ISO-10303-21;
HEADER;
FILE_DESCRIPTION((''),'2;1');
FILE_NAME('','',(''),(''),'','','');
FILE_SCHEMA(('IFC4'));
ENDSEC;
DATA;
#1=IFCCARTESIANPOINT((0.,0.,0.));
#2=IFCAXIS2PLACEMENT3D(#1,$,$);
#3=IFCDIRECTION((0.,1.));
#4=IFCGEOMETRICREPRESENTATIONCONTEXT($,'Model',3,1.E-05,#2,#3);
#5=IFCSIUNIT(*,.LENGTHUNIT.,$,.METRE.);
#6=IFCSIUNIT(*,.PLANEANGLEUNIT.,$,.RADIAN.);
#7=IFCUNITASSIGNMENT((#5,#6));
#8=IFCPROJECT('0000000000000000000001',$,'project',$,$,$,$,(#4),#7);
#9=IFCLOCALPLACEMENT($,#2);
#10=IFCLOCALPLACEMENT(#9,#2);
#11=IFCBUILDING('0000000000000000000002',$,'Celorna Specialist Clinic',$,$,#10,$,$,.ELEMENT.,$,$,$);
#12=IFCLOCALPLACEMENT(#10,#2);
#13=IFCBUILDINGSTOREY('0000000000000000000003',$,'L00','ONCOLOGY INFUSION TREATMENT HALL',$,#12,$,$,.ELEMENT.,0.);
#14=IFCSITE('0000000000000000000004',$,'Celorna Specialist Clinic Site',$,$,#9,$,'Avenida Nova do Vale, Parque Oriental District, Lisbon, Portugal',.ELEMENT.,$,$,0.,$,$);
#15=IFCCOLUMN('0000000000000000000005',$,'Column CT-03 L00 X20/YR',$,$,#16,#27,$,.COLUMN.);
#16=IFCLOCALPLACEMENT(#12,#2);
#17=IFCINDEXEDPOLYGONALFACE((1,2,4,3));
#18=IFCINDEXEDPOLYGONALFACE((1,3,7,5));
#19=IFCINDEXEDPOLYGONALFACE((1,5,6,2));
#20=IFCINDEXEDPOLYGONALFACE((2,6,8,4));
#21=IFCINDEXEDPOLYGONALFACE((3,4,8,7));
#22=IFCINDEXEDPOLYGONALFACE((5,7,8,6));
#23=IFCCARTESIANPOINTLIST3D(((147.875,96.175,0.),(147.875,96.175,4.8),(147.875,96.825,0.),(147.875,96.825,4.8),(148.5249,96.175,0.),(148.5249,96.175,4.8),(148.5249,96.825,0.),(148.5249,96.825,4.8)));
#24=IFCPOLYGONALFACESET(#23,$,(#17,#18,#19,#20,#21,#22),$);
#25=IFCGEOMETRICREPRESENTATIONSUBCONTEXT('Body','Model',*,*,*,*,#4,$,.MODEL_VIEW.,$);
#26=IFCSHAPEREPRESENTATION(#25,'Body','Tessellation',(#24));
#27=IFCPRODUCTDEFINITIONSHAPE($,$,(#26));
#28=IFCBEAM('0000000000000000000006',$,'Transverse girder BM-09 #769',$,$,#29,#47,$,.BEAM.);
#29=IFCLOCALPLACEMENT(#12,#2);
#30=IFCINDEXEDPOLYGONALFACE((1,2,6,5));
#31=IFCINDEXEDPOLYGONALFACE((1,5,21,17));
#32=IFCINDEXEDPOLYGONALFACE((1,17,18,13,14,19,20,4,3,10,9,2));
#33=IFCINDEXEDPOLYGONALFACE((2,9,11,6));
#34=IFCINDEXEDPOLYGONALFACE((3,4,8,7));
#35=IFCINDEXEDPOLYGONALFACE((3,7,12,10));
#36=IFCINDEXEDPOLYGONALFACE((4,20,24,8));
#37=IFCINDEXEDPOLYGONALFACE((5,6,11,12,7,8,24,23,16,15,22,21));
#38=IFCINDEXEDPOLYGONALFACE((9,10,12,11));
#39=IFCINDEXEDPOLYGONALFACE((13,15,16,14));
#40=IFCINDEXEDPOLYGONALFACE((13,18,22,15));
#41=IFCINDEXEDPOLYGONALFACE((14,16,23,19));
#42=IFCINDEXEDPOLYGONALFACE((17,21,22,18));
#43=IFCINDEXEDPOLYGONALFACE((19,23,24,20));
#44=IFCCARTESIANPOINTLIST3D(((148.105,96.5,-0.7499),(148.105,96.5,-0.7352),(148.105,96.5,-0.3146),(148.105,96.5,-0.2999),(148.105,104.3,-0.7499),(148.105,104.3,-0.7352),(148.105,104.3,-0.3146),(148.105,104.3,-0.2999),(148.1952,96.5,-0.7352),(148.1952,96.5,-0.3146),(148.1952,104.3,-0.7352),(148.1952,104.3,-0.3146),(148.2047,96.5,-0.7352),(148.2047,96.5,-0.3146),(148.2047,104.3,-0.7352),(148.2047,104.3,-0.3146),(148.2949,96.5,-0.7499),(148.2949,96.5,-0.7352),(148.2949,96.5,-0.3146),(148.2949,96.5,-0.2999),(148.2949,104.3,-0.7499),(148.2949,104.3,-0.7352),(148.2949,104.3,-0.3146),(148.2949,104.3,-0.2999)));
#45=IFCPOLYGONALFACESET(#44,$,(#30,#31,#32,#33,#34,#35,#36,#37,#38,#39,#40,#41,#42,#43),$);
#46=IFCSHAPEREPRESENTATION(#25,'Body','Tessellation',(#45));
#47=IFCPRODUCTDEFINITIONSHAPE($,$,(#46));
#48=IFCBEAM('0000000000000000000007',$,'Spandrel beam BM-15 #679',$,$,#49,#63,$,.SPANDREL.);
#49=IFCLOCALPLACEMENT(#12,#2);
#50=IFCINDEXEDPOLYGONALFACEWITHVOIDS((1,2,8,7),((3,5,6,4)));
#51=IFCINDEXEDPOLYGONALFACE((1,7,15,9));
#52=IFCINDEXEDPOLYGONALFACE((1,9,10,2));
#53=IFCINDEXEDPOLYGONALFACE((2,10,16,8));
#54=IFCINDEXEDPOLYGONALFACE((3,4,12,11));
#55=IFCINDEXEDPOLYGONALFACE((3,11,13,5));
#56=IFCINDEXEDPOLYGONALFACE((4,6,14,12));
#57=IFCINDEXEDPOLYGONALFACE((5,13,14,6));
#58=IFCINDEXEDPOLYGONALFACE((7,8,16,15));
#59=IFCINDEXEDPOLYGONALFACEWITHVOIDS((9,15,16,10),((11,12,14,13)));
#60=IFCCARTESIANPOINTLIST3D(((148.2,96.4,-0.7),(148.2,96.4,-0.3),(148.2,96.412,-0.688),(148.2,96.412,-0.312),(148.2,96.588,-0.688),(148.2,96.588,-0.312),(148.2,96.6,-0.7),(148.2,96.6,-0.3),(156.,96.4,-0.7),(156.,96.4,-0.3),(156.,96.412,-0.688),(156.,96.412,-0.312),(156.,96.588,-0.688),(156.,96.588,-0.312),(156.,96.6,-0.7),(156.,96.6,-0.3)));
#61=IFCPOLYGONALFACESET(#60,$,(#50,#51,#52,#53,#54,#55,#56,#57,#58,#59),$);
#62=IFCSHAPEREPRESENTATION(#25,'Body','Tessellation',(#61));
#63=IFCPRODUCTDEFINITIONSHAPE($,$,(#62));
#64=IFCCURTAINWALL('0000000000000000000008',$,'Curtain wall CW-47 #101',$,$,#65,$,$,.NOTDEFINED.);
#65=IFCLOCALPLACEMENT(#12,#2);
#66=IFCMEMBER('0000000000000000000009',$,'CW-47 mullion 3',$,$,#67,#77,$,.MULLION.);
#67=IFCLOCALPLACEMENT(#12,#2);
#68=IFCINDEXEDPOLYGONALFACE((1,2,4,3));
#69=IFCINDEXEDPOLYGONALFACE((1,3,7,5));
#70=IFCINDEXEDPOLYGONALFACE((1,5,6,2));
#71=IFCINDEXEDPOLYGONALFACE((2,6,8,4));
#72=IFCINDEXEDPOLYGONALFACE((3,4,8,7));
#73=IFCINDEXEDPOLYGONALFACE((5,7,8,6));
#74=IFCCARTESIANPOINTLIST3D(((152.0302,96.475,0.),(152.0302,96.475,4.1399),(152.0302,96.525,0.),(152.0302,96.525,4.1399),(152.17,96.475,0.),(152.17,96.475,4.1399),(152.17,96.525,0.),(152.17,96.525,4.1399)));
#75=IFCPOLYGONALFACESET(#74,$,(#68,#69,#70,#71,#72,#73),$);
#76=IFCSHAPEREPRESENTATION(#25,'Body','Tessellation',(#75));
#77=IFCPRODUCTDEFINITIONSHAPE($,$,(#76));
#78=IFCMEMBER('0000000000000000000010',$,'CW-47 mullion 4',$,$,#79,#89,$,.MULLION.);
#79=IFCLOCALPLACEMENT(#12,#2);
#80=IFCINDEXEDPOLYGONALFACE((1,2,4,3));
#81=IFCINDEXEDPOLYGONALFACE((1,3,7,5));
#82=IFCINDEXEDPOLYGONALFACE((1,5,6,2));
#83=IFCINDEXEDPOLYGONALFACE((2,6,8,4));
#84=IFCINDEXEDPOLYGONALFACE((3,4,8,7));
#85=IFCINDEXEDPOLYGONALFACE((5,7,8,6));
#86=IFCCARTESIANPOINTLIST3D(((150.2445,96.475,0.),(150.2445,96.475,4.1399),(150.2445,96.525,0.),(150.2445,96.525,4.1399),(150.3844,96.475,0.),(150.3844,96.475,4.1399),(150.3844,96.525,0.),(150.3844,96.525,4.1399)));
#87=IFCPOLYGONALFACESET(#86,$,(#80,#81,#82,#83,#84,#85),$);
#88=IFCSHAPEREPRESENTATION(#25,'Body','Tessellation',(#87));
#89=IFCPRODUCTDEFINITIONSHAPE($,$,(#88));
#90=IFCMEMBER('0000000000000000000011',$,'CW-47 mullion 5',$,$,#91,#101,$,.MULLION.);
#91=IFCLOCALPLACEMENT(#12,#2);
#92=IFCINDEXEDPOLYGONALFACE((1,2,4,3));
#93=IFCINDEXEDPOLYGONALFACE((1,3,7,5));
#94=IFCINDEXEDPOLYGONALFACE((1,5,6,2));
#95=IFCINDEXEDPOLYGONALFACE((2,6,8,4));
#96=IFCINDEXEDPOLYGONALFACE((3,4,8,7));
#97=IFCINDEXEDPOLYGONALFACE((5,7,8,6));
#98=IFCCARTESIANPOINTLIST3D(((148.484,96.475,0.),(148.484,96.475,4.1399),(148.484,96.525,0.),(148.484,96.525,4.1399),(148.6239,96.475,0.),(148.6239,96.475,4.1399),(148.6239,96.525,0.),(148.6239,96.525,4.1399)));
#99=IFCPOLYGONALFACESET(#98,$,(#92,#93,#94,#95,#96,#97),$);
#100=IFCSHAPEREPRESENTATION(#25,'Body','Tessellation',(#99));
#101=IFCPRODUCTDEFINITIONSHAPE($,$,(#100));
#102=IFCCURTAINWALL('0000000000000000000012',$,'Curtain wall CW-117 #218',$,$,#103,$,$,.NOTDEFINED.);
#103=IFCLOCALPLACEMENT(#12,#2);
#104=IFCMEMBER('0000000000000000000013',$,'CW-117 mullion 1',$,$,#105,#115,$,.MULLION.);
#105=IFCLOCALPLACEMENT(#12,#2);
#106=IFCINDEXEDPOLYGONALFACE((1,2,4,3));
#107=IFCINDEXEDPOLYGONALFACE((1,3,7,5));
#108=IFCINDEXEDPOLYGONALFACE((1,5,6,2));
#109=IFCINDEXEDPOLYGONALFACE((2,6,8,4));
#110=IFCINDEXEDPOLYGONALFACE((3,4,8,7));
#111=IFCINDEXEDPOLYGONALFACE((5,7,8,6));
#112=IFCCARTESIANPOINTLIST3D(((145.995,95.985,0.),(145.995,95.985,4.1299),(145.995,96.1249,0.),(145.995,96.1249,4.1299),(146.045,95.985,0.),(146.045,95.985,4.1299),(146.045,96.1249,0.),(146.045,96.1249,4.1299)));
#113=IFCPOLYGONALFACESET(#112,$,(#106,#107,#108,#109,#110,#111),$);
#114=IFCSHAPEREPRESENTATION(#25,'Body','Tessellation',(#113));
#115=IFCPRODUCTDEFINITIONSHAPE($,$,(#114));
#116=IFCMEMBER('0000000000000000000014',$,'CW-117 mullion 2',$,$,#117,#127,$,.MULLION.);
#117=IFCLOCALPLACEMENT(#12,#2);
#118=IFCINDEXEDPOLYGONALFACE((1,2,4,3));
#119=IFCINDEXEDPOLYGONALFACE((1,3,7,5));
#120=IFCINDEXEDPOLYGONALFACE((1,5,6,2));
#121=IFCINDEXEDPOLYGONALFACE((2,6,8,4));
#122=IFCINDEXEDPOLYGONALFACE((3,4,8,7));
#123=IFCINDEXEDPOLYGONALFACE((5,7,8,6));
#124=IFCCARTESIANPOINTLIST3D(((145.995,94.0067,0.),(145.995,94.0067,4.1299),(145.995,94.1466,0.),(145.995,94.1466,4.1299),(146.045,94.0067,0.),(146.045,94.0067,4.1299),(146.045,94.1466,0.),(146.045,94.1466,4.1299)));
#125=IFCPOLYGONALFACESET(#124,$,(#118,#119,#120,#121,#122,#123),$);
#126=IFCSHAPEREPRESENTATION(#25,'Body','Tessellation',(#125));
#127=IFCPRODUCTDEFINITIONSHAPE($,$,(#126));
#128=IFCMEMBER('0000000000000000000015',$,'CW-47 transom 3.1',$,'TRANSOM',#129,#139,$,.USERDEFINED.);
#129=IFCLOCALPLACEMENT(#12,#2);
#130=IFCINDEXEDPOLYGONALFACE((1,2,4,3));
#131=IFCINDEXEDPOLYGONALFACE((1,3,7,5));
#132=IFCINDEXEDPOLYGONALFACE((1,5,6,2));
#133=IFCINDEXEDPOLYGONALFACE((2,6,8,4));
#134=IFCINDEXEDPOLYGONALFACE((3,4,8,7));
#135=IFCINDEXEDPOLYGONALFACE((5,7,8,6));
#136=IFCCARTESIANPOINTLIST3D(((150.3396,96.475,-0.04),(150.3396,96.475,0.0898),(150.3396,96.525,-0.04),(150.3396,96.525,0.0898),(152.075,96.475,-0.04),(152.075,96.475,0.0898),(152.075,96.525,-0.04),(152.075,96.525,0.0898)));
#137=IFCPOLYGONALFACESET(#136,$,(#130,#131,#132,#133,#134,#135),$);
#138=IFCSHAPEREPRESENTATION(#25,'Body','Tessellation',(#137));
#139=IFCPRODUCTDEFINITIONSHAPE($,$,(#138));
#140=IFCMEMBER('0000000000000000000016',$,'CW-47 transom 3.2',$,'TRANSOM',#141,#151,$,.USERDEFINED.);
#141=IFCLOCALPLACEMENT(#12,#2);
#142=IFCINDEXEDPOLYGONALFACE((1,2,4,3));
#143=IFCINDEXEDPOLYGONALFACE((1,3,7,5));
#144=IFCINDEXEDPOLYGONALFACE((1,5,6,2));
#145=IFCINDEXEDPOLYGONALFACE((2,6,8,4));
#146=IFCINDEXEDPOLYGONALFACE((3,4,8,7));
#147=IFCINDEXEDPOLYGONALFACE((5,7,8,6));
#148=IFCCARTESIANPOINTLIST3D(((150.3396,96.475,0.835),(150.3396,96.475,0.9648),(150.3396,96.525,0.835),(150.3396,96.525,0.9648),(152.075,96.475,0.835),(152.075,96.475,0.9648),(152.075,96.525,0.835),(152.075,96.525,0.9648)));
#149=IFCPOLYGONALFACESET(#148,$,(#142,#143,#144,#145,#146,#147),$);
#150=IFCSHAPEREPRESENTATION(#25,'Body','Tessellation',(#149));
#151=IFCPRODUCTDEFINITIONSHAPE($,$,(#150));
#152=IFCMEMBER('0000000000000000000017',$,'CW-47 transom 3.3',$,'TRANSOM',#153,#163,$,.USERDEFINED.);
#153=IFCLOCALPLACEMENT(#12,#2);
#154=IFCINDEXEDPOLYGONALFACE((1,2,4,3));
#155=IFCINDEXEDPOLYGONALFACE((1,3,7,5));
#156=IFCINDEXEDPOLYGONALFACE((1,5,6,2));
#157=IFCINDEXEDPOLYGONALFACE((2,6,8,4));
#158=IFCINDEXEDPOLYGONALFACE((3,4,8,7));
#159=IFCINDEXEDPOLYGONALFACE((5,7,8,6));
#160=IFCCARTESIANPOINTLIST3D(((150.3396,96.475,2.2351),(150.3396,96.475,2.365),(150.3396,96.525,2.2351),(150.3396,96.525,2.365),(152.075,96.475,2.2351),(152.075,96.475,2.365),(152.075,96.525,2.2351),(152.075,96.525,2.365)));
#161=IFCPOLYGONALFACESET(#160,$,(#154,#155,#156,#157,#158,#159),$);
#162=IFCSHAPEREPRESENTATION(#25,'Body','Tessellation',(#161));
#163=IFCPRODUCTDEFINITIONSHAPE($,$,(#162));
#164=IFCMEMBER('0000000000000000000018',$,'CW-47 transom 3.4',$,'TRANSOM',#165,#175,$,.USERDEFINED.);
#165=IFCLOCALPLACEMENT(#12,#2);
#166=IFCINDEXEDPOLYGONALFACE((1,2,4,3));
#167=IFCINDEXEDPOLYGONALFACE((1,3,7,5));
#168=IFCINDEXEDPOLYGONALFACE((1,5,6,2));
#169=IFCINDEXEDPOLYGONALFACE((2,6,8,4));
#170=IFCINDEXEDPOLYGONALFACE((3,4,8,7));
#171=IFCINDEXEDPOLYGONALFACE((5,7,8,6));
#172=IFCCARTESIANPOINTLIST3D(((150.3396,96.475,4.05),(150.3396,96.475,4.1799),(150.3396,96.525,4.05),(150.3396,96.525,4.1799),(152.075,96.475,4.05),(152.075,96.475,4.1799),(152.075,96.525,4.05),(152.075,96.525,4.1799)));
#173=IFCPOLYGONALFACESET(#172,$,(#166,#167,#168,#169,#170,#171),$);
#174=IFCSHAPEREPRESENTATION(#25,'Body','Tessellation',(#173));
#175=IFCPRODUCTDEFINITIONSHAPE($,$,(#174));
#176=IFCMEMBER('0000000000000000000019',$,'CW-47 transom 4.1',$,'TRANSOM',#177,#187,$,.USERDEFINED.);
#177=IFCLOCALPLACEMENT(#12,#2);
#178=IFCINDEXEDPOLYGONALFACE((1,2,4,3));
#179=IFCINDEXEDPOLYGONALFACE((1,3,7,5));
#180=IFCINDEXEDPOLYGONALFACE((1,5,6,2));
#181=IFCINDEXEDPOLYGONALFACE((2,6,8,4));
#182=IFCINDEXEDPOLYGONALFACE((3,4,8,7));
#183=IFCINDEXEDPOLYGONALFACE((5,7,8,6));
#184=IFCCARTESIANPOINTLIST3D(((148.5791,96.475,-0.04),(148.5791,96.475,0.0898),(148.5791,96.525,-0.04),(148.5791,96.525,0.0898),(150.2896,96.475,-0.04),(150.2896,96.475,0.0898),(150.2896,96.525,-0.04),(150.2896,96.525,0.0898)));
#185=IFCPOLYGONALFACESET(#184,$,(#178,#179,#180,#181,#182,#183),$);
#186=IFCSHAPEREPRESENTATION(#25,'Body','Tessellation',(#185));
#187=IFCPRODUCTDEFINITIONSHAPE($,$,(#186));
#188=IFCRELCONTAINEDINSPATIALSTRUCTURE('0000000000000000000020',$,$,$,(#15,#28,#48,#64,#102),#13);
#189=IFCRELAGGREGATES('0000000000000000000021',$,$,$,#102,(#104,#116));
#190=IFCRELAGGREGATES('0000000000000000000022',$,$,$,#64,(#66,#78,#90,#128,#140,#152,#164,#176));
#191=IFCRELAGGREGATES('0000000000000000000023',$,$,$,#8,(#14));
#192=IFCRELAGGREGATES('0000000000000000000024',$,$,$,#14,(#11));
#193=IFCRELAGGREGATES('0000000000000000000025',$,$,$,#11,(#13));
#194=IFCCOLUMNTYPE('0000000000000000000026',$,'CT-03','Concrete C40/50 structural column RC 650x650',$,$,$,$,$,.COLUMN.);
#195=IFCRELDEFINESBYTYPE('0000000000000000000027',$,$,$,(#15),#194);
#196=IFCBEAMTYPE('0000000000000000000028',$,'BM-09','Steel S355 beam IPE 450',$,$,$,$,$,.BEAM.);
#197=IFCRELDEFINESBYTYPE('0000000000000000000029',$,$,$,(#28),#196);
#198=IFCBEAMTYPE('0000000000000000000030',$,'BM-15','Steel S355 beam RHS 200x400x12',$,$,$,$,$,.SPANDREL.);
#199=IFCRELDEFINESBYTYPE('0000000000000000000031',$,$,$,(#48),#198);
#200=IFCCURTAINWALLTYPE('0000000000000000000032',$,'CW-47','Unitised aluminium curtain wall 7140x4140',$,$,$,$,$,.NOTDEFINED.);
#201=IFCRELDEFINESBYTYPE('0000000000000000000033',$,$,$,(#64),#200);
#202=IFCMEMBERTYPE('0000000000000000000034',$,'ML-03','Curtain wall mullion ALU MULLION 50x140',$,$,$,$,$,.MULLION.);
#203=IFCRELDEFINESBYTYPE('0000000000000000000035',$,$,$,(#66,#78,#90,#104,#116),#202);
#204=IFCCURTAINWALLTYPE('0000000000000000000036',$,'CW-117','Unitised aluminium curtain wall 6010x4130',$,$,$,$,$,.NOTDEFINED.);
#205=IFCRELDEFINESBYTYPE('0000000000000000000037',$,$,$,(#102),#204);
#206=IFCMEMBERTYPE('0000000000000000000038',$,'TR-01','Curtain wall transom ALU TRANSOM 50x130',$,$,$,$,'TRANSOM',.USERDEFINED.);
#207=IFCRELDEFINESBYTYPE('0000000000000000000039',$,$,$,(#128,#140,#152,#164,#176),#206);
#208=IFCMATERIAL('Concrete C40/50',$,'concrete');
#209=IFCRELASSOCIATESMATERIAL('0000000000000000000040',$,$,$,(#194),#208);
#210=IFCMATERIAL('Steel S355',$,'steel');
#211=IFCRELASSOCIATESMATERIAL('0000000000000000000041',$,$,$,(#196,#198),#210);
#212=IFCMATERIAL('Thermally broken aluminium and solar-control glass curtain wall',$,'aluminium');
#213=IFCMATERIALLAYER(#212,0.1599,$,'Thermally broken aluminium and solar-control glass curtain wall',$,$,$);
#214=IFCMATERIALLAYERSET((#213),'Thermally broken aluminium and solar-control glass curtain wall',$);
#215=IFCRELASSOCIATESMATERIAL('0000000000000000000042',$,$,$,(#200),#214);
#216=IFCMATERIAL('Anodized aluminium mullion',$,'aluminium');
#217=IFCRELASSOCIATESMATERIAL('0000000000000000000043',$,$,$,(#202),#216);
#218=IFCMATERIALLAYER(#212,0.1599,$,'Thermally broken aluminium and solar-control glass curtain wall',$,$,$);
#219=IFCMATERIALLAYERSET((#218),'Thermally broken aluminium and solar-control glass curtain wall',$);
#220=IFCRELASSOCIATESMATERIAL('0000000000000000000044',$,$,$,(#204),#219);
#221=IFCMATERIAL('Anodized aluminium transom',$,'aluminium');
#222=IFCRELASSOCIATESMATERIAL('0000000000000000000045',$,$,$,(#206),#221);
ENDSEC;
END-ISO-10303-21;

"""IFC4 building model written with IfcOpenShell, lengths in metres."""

from ifc_helpers import new_model, si_unit, direction, frame, origin, origin_2d, place, context, subcontext, project, spatial, rectangle, hollow_rectangle, i_section, extrude, material, layer, layer_set, material_profile, profile_set, type_object, element, aggregate, save


model = new_model("IFC4")

# Units and contexts
model_context = context("Model", 3, precision=1e-05, world=origin(), true_north=direction((0.0, 1.0)))
body_context = subcontext(model_context, "Body", "Model", "MODEL_VIEW")
ifc_project = project(units=[si_unit("LENGTHUNIT", "METRE"), si_unit("PLANEANGLEUNIT", "RADIAN")], contexts=[model_context])

# Site, building, storey
site_placement = place(None, origin())
site = spatial("IfcSite", under=ifc_project, at=site_placement, Name="Celorna Specialist Clinic Site", LongName="Avenida Nova do Vale, Parque Oriental District, Lisbon, Portugal", CompositionType="ELEMENT", RefElevation=0.0)
building_placement = place(site_placement, origin())
building = spatial("IfcBuilding", under=site, at=building_placement, Name="Celorna Specialist Clinic", CompositionType="ELEMENT")
storey_placement = place(building_placement, origin())
storey = spatial("IfcBuildingStorey", under=building, at=storey_placement, Name="L00", Description="ONCOLOGY INFUSION TREATMENT HALL", CompositionType="ELEMENT", Elevation=0.0)

# Column
ifc_material_1 = material(Name="Concrete C40/50", Category="concrete")
ifc_material_profile_1 = material_profile(ifc_material_1, rectangle(XDim=0.6499, YDim=0.6499, at=origin_2d()), Name="RC 650x650")
ifc_profile_set_1 = profile_set([ifc_material_profile_1], Name="Concrete C40/50")
column_type = type_object("IfcColumnType", Name="CT-03", Description="Concrete C40/50 structural column RC 650x650", PredefinedType="COLUMN", material=ifc_profile_set_1)
column_placement = place(storey_placement, frame((148.2, 96.5, 0.0), z_axis=(0.0, 0.0, 1.0), x_axis=(1.0, 0.0, 0.0)))
element("IfcColumn", 1, at=column_placement, inside=storey, type_object=column_type, Name="Column CT-03 L00 X20/YR", PredefinedType="COLUMN", context=body_context, shape_type="SweptSolid", body=[
    extrude(rectangle(XDim=0.6499, YDim=0.6499, at=origin_2d()), origin(), (0.0, 0.0, 1.0), 4.8),
])

# Beams
ifc_material_2 = material(Name="Steel S355", Category="steel")
ifc_material_profile_2 = material_profile(ifc_material_2, i_section(OverallWidth=0.1899, OverallDepth=0.45, WebThickness=0.0095, FlangeThickness=0.0146, at=origin_2d()), Name="IPE 450")
ifc_profile_set_2 = profile_set([ifc_material_profile_2], Name="Steel S355")
beam_type_1 = type_object("IfcBeamType", Name="BM-09", Description="Steel S355 beam IPE 450", PredefinedType="BEAM", material=ifc_profile_set_2)
beam_1_placement = place(storey_placement, frame((148.2, 96.5, -0.5249), z_axis=(0.0, 1.0, 0.0), x_axis=(-1.0, 0.0, 0.0)))
element("IfcBeam", 2, at=beam_1_placement, inside=storey, type_object=beam_type_1, Name="Transverse girder BM-09 #769", PredefinedType="BEAM", context=body_context, shape_type="SweptSolid", body=[
    extrude(i_section(OverallWidth=0.1899, OverallDepth=0.45, WebThickness=0.0095, FlangeThickness=0.0146, at=origin_2d()), origin(), (0.0, 0.0, 1.0), 7.8),
])
ifc_material_profile_3 = material_profile(ifc_material_2, hollow_rectangle(XDim=0.2, YDim=0.3999, WallThickness=0.012, at=origin_2d()), Name="RHS 200x400x12")
ifc_profile_set_3 = profile_set([ifc_material_profile_3], Name="Steel S355")
beam_type_2 = type_object("IfcBeamType", Name="BM-15", Description="Steel S355 beam RHS 200x400x12", PredefinedType="SPANDREL", material=ifc_profile_set_3)
beam_2_placement = place(storey_placement, frame((148.2, 96.5, -0.5), z_axis=(1.0, 0.0, 0.0), x_axis=(0.0, 1.0, 0.0)))
element("IfcBeam", 3, at=beam_2_placement, inside=storey, type_object=beam_type_2, Name="Spandrel beam BM-15 #679", PredefinedType="SPANDREL", context=body_context, shape_type="SweptSolid", body=[
    extrude(hollow_rectangle(XDim=0.2, YDim=0.3999, WallThickness=0.012, at=origin_2d()), origin(), (0.0, 0.0, 1.0), 7.8),
])

# Curtain walls, members
ifc_material_3 = material(Name="Thermally broken aluminium and solar-control glass curtain wall", Category="aluminium")
ifc_layer_1 = layer(ifc_material_3, 0.1599, Name="Thermally broken aluminium and solar-control glass curtain wall")
ifc_layer_set_1 = layer_set([ifc_layer_1], Name="Thermally broken aluminium and solar-control glass curtain wall")
curtain_wall_type_1 = type_object("IfcCurtainWallType", Name="CW-47", Description="Unitised aluminium curtain wall 7140x4140", PredefinedType="NOTDEFINED", material=ifc_layer_set_1)
curtain_wall_1_placement = place(storey_placement, origin())
curtain_wall_1 = element("IfcCurtainWall", 4, at=curtain_wall_1_placement, inside=storey, type_object=curtain_wall_type_1, Name="Curtain wall CW-47 #101", PredefinedType="NOTDEFINED")
ifc_material_4 = material(Name="Anodized aluminium mullion", Category="aluminium")
ifc_material_profile_4 = material_profile(ifc_material_4, rectangle(XDim=0.05, YDim=0.1399, at=origin_2d()), Name="ALU MULLION 50x140")
ifc_profile_set_4 = profile_set([ifc_material_profile_4], Name="Anodized aluminium mullion")
member_type_1 = type_object("IfcMemberType", Name="ML-03", Description="Curtain wall mullion ALU MULLION 50x140", PredefinedType="MULLION", material=ifc_profile_set_4)
member_1_placement = place(storey_placement, frame((152.1001, 96.5, 0.0), z_axis=(0.0, 0.0, 1.0), x_axis=(0.0, -1.0, 0.0)))
member_1 = element("IfcMember", 5, at=member_1_placement, type_object=member_type_1, Name="CW-47 mullion 3", PredefinedType="MULLION", context=body_context, shape_type="SweptSolid", body=[
    extrude(rectangle(XDim=0.05, YDim=0.1399, at=origin_2d()), origin(), (0.0, 0.0, 1.0), 4.1399),
])
member_2_placement = place(storey_placement, frame((150.3145, 96.5, 0.0), z_axis=(0.0, 0.0, 1.0), x_axis=(0.0, -1.0, 0.0)))
member_2 = element("IfcMember", 6, at=member_2_placement, type_object=member_type_1, Name="CW-47 mullion 4", PredefinedType="MULLION", context=body_context, shape_type="SweptSolid", body=[
    extrude(rectangle(XDim=0.05, YDim=0.1399, at=origin_2d()), origin(), (0.0, 0.0, 1.0), 4.1399),
])
member_3_placement = place(storey_placement, frame((148.554, 96.5, 0.0), z_axis=(0.0, 0.0, 1.0), x_axis=(0.0, -1.0, 0.0)))
member_3 = element("IfcMember", 7, at=member_3_placement, type_object=member_type_1, Name="CW-47 mullion 5", PredefinedType="MULLION", context=body_context, shape_type="SweptSolid", body=[
    extrude(rectangle(XDim=0.05, YDim=0.1399, at=origin_2d()), origin(), (0.0, 0.0, 1.0), 4.1399),
])
ifc_layer_2 = layer(ifc_material_3, 0.1599, Name="Thermally broken aluminium and solar-control glass curtain wall")
ifc_layer_set_2 = layer_set([ifc_layer_2], Name="Thermally broken aluminium and solar-control glass curtain wall")
curtain_wall_type_2 = type_object("IfcCurtainWallType", Name="CW-117", Description="Unitised aluminium curtain wall 6010x4130", PredefinedType="NOTDEFINED", material=ifc_layer_set_2)
curtain_wall_2_placement = place(storey_placement, origin())
curtain_wall_2 = element("IfcCurtainWall", 8, at=curtain_wall_2_placement, inside=storey, type_object=curtain_wall_type_2, Name="Curtain wall CW-117 #218", PredefinedType="NOTDEFINED")
member_4_placement = place(storey_placement, frame((146.02, 96.0549, 0.0), z_axis=(0.0, 0.0, 1.0), x_axis=(1.0, 0.0, 0.0)))
member_4 = element("IfcMember", 9, at=member_4_placement, type_object=member_type_1, Name="CW-117 mullion 1", PredefinedType="MULLION", context=body_context, shape_type="SweptSolid", body=[
    extrude(rectangle(XDim=0.05, YDim=0.1399, at=origin_2d()), origin(), (0.0, 0.0, 1.0), 4.1299),
])
member_5_placement = place(storey_placement, frame((146.02, 94.0767, 0.0), z_axis=(0.0, 0.0, 1.0), x_axis=(1.0, 0.0, 0.0)))
member_5 = element("IfcMember", 10, at=member_5_placement, type_object=member_type_1, Name="CW-117 mullion 2", PredefinedType="MULLION", context=body_context, shape_type="SweptSolid", body=[
    extrude(rectangle(XDim=0.05, YDim=0.1399, at=origin_2d()), origin(), (0.0, 0.0, 1.0), 4.1299),
])

# Members
ifc_material_5 = material(Name="Anodized aluminium transom", Category="aluminium")
ifc_material_profile_5 = material_profile(ifc_material_5, rectangle(XDim=0.05, YDim=0.1299, at=origin_2d()), Name="ALU TRANSOM 50x130")
ifc_profile_set_5 = profile_set([ifc_material_profile_5], Name="Anodized aluminium transom")
member_type_2 = type_object("IfcMemberType", Name="TR-01", Description="Curtain wall transom ALU TRANSOM 50x130", ElementType="TRANSOM", PredefinedType="USERDEFINED", material=ifc_profile_set_5)
member_6_placement = place(storey_placement, frame((152.075, 96.5, 0.0249), z_axis=(-1.0, 0.0, 0.0), x_axis=(0.0, -1.0, 0.0)))
member_6 = element("IfcMember", 11, at=member_6_placement, type_object=member_type_2, Name="CW-47 transom 3.1", ObjectType="TRANSOM", PredefinedType="USERDEFINED", context=body_context, shape_type="SweptSolid", body=[
    extrude(rectangle(XDim=0.05, YDim=0.1299, at=origin_2d()), origin(), (0.0, 0.0, 1.0), 1.7354),
])
member_7_placement = place(storey_placement, frame((152.075, 96.5, 0.8999), z_axis=(-1.0, 0.0, 0.0), x_axis=(0.0, -1.0, 0.0)))
member_7 = element("IfcMember", 12, at=member_7_placement, type_object=member_type_2, Name="CW-47 transom 3.2", ObjectType="TRANSOM", PredefinedType="USERDEFINED", context=body_context, shape_type="SweptSolid", body=[
    extrude(rectangle(XDim=0.05, YDim=0.1299, at=origin_2d()), origin(), (0.0, 0.0, 1.0), 1.7354),
])
member_8_placement = place(storey_placement, frame((152.075, 96.5, 2.3), z_axis=(-1.0, 0.0, 0.0), x_axis=(0.0, -1.0, 0.0)))
member_8 = element("IfcMember", 13, at=member_8_placement, type_object=member_type_2, Name="CW-47 transom 3.3", ObjectType="TRANSOM", PredefinedType="USERDEFINED", context=body_context, shape_type="SweptSolid", body=[
    extrude(rectangle(XDim=0.05, YDim=0.1299, at=origin_2d()), origin(), (0.0, 0.0, 1.0), 1.7354),
])
member_9_placement = place(storey_placement, frame((152.075, 96.5, 4.115), z_axis=(-1.0, 0.0, 0.0), x_axis=(0.0, -1.0, 0.0)))
member_9 = element("IfcMember", 14, at=member_9_placement, type_object=member_type_2, Name="CW-47 transom 3.4", ObjectType="TRANSOM", PredefinedType="USERDEFINED", context=body_context, shape_type="SweptSolid", body=[
    extrude(rectangle(XDim=0.05, YDim=0.1299, at=origin_2d()), origin(), (0.0, 0.0, 1.0), 1.7354),
])
member_10_placement = place(storey_placement, frame((150.2896, 96.5, 0.0249), z_axis=(-1.0, 0.0, 0.0), x_axis=(0.0, -1.0, 0.0)))
member_10 = element("IfcMember", 15, at=member_10_placement, type_object=member_type_2, Name="CW-47 transom 4.1", ObjectType="TRANSOM", PredefinedType="USERDEFINED", context=body_context, shape_type="SweptSolid", body=[
    extrude(rectangle(XDim=0.05, YDim=0.1299, at=origin_2d()), origin(), (0.0, 0.0, 1.0), 1.7104),
])

aggregate(curtain_wall_2, [member_4, member_5])
aggregate(curtain_wall_1, [member_1, member_2, member_3, member_6, member_7, member_8, member_9, member_10])

save(model, "model.ifc")
